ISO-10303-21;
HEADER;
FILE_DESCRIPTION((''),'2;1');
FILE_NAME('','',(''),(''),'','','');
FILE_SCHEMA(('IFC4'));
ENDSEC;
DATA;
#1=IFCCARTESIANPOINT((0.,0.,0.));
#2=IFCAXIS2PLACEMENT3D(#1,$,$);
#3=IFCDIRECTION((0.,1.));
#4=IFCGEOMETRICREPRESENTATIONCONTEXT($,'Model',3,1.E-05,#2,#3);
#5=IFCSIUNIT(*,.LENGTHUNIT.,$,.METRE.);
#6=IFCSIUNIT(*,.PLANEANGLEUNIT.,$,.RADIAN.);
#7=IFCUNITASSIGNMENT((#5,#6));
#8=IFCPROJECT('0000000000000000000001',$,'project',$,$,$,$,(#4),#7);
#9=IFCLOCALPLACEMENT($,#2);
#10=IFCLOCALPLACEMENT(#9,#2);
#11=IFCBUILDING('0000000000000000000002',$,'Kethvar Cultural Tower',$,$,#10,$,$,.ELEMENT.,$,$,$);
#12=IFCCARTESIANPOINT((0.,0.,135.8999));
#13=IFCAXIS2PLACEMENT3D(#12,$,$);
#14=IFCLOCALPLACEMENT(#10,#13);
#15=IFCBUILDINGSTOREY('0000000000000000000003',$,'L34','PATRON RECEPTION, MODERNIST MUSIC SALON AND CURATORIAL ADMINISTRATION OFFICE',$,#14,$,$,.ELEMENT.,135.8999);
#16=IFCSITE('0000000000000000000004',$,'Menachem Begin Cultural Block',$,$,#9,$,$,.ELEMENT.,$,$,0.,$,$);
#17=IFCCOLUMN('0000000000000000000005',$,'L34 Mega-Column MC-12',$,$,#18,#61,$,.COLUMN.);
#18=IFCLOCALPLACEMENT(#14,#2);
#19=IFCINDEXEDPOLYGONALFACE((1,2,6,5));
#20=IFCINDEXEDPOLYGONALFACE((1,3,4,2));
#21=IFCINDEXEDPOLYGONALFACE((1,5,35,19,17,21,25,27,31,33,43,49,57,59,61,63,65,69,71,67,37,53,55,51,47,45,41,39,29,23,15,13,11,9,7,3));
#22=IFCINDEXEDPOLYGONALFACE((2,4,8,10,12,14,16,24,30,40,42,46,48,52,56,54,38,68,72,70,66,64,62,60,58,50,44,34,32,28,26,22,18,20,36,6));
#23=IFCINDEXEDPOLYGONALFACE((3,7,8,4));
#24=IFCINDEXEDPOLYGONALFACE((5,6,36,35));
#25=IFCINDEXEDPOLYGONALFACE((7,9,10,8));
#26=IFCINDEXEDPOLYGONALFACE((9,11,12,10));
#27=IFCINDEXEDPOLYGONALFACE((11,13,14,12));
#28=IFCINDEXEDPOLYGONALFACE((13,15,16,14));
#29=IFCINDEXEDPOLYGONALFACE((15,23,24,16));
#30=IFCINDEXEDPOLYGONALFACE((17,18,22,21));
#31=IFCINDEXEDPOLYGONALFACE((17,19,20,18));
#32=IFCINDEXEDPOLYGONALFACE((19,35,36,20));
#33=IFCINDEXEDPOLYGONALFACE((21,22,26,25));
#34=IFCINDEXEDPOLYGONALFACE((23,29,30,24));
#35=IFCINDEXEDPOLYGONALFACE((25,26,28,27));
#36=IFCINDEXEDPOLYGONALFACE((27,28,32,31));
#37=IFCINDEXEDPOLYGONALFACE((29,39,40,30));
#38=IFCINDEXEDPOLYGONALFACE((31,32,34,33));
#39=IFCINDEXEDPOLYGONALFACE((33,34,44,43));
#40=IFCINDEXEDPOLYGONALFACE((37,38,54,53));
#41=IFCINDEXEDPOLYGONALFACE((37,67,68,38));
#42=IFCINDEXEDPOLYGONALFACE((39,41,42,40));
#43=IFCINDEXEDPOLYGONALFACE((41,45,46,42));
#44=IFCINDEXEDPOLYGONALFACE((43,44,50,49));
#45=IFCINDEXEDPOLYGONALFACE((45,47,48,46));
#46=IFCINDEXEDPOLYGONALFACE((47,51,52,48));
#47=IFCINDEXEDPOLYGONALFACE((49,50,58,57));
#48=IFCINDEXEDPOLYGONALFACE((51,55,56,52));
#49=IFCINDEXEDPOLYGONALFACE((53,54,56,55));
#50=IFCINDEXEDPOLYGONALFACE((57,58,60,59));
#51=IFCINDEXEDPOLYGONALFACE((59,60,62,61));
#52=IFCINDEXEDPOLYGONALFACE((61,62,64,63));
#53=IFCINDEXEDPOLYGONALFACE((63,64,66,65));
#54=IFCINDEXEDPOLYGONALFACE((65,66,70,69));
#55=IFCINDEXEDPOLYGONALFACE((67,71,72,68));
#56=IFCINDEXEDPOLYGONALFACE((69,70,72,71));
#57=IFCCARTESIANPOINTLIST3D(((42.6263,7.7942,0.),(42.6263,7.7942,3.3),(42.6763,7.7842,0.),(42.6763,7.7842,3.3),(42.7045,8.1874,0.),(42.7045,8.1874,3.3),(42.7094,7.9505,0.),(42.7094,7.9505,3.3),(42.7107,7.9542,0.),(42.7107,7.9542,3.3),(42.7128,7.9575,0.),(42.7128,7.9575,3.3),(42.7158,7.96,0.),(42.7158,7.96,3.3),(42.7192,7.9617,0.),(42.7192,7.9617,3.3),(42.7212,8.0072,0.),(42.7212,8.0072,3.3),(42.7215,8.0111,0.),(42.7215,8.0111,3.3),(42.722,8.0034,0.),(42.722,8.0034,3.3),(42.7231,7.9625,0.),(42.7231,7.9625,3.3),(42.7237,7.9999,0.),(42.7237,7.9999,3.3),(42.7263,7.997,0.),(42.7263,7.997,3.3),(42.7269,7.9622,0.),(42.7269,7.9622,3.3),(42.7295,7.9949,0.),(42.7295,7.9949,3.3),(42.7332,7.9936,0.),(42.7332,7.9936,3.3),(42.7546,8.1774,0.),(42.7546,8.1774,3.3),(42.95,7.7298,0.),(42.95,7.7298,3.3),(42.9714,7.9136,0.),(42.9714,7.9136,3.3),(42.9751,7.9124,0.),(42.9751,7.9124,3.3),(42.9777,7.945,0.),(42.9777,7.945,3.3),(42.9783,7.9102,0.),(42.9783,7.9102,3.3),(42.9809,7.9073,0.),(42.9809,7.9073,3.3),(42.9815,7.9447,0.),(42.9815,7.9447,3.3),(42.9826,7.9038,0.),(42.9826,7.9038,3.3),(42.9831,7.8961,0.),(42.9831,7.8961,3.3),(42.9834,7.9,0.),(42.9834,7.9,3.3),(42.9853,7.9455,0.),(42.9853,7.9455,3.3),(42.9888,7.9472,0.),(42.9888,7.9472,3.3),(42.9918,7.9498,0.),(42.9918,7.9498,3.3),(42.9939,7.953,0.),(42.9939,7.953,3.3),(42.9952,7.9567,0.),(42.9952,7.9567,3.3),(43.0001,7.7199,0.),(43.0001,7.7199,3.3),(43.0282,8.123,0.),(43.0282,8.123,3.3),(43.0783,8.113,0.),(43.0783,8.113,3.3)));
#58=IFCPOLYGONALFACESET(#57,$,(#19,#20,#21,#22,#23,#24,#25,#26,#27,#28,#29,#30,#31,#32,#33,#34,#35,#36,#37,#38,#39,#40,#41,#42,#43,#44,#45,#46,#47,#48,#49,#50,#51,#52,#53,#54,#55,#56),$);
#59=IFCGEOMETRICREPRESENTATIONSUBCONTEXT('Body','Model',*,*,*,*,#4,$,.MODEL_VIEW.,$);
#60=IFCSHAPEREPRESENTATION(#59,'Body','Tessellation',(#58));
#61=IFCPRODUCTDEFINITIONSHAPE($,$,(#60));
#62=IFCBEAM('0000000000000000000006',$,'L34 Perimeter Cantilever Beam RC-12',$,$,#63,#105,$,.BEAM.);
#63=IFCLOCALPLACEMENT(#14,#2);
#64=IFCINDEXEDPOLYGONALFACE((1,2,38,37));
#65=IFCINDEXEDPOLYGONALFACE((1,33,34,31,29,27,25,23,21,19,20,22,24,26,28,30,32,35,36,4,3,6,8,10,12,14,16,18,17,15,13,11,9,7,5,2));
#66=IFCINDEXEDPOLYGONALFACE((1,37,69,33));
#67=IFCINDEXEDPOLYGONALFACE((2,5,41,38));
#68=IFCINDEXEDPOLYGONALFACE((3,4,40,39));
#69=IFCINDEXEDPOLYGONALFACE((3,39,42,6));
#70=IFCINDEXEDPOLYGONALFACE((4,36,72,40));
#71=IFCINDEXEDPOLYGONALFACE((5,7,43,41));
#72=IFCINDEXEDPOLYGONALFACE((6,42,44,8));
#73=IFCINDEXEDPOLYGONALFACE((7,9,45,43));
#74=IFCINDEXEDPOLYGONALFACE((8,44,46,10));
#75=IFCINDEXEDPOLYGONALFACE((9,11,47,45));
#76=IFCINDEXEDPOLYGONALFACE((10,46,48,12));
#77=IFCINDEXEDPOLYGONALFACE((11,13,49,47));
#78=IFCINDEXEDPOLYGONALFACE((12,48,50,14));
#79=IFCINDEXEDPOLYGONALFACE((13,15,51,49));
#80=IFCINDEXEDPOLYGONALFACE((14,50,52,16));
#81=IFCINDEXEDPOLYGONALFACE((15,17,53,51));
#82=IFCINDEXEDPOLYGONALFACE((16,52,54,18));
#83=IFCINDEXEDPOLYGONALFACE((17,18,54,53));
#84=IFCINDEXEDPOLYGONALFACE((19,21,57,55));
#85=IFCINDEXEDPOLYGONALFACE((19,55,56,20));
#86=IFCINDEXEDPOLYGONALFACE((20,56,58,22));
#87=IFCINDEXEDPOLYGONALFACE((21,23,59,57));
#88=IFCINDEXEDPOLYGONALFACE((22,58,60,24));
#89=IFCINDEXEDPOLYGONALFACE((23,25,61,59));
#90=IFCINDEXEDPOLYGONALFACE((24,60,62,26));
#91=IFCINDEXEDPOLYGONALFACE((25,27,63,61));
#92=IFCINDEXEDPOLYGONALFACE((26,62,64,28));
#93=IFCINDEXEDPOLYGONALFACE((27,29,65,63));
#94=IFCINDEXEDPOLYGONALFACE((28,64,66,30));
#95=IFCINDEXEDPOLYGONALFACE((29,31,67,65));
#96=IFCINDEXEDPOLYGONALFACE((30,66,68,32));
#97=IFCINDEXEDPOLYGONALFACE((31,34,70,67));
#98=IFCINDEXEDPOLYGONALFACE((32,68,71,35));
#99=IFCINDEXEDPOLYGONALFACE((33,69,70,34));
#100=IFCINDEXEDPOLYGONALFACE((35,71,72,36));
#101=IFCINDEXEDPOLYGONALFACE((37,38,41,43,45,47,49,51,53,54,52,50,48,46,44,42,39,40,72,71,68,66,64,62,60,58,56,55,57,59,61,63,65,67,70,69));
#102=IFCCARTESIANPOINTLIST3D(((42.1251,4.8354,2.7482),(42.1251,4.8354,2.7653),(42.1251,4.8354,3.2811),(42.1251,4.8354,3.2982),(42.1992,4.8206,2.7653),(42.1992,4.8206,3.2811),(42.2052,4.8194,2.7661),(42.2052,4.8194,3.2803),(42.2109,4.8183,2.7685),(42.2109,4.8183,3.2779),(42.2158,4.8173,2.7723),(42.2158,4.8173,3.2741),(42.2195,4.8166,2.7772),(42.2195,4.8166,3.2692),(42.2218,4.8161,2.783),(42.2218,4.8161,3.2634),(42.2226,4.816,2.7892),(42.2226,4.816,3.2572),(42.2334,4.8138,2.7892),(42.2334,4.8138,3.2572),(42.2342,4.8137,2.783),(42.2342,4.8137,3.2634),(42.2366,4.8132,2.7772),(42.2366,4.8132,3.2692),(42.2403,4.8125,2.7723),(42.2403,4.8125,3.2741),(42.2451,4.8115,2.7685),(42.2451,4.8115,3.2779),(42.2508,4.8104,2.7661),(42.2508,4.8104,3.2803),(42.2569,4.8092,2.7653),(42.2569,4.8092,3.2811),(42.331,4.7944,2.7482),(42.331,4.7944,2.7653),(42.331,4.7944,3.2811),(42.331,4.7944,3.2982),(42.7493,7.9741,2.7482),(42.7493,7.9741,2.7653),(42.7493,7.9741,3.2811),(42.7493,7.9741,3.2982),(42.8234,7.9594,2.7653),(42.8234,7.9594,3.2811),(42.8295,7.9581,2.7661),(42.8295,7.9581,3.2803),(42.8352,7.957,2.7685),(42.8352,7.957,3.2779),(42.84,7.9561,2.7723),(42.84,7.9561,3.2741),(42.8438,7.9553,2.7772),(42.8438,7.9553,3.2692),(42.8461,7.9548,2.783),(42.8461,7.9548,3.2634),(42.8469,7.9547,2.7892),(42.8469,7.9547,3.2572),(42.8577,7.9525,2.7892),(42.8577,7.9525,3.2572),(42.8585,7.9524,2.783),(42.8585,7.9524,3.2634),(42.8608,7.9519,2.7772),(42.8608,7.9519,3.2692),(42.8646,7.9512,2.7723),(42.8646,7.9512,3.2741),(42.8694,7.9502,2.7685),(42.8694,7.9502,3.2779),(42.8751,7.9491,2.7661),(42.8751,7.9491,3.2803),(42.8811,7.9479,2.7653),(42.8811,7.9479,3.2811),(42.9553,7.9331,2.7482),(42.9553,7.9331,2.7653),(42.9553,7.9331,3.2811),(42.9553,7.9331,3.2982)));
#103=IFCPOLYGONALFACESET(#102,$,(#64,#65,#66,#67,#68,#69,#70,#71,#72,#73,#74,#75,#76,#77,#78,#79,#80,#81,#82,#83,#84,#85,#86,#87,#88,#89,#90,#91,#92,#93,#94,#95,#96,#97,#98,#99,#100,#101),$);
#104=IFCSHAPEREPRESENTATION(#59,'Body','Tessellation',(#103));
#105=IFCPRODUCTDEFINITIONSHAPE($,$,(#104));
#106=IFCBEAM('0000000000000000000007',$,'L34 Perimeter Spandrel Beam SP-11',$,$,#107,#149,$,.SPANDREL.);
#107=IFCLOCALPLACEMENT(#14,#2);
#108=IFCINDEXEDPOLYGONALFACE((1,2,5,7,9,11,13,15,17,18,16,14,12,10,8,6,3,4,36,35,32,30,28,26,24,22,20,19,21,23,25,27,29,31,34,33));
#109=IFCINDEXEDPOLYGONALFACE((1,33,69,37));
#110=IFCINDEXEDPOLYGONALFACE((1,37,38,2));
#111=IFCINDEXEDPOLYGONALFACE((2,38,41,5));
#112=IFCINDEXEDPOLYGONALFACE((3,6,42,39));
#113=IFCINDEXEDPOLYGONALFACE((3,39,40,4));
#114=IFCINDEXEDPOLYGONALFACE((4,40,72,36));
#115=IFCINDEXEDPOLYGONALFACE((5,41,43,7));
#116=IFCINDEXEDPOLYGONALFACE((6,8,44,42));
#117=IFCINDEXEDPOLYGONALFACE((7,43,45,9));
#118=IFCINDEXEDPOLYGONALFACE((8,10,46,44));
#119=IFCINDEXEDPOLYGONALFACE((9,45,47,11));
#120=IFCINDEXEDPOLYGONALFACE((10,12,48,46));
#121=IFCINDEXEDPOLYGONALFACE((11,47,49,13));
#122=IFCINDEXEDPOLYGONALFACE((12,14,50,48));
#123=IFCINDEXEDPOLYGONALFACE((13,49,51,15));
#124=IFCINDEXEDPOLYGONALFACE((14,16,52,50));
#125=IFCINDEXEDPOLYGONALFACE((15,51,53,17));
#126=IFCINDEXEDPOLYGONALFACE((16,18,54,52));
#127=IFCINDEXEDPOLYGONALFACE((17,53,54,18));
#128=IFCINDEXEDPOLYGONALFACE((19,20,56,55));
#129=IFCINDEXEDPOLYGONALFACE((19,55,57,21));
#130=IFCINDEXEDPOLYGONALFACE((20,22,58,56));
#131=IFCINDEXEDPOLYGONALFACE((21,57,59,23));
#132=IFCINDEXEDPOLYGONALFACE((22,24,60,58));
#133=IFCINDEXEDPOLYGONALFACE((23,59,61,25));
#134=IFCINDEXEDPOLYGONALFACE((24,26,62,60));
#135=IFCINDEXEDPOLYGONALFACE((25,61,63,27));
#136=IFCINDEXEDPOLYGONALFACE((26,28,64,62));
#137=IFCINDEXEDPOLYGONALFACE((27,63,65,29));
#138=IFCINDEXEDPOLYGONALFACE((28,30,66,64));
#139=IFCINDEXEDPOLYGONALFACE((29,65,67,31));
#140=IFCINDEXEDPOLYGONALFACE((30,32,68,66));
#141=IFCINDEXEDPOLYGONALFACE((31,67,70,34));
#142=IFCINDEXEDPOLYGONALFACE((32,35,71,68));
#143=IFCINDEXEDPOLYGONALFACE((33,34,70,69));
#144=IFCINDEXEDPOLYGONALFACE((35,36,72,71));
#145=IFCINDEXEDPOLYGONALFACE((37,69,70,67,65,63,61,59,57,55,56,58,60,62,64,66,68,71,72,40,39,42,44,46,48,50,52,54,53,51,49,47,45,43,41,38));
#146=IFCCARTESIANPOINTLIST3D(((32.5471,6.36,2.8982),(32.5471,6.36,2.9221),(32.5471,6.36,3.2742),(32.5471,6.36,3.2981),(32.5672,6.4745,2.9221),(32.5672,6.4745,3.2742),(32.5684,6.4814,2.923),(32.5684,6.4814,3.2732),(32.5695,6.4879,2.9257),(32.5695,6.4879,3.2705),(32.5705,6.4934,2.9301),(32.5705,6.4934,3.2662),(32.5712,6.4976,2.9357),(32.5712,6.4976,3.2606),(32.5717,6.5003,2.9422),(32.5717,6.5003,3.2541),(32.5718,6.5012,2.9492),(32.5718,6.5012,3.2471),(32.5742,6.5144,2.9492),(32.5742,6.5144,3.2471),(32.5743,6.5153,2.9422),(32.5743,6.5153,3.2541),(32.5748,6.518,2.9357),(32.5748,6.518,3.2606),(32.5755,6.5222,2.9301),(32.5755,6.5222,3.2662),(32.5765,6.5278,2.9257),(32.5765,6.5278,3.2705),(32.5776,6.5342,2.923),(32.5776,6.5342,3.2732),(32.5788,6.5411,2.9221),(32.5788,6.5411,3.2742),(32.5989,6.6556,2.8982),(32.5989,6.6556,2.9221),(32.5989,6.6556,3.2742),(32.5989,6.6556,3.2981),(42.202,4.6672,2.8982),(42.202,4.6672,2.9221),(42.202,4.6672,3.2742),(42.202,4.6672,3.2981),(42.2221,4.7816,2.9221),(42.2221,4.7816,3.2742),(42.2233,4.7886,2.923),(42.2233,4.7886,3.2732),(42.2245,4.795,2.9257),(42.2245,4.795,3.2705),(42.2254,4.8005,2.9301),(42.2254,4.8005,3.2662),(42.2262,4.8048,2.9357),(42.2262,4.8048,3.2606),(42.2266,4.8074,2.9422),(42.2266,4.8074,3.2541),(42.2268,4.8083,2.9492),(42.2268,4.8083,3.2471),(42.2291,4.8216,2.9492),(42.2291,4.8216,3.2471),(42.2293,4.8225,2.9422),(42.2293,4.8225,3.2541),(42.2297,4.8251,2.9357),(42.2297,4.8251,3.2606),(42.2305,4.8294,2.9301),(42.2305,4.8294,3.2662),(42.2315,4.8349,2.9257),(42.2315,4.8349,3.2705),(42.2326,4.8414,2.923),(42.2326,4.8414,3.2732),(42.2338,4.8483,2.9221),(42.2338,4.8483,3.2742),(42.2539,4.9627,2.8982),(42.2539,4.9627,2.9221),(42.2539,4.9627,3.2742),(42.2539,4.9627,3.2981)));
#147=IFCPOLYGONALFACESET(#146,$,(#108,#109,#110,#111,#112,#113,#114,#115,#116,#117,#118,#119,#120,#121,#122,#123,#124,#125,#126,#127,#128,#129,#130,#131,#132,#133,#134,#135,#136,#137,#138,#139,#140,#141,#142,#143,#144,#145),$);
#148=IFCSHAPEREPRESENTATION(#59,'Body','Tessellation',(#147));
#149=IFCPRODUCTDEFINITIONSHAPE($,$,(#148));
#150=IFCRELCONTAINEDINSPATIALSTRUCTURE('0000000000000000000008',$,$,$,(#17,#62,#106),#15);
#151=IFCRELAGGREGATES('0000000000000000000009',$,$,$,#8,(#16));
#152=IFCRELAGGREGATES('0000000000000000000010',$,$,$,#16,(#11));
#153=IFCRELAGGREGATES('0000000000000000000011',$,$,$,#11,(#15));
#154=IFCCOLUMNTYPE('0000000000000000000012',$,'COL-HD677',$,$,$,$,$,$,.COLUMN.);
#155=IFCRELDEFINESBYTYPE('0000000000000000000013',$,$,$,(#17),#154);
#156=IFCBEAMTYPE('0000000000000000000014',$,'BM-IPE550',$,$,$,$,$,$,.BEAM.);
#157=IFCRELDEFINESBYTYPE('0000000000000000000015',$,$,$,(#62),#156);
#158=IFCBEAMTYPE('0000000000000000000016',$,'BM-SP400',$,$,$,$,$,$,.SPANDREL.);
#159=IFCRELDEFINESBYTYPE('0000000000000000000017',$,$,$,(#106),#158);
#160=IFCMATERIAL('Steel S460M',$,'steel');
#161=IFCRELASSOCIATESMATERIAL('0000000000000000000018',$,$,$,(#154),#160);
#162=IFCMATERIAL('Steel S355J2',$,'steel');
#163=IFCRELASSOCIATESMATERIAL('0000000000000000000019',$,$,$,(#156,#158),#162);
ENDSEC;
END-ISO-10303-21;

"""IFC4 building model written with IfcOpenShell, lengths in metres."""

from ifc_helpers import new_model, si_unit, direction, frame, origin, origin_2d, place, context, subcontext, project, spatial, i_section, extrude, source, transform, mapped, material, material_profile, profile_set, type_object, element, save


model = new_model("IFC4")

# Units and contexts
model_context = context("Model", 3, precision=1e-05, world=origin(), true_north=direction((0.0, 1.0)))
body_context = subcontext(model_context, "Body", "Model", "MODEL_VIEW")
ifc_project = project(units=[si_unit("LENGTHUNIT", "METRE"), si_unit("PLANEANGLEUNIT", "RADIAN")], contexts=[model_context])

# Site, building, storey
site_placement = place(None, origin())
site = spatial("IfcSite", under=ifc_project, at=site_placement, Name="Menachem Begin Cultural Block", CompositionType="ELEMENT", RefElevation=0.0)
building_placement = place(site_placement, origin())
building = spatial("IfcBuilding", under=site, at=building_placement, Name="Kethvar Cultural Tower", CompositionType="ELEMENT")
storey_placement = place(building_placement, frame((0.0, 0.0, 135.8999)))
storey = spatial("IfcBuildingStorey", under=building, at=storey_placement, Name="L34", Description="PATRON RECEPTION, MODERNIST MUSIC SALON AND CURATORIAL ADMINISTRATION OFFICE", CompositionType="ELEMENT", Elevation=135.8999)

# Column
ifc_material_1 = material(Name="Steel S460M", Category="steel")
ifc_material_profile_1 = material_profile(ifc_material_1, i_section(OverallWidth=0.4009, OverallDepth=0.3811, WebThickness=0.032, FlangeThickness=0.051, FilletRadius=0.0149, at=origin_2d()), Name="Steel S460M — HD400x677")
ifc_profile_set_1 = profile_set([ifc_material_profile_1], Name="Steel S460M — HD400x677")
column_type = type_object("IfcColumnType", Name="COL-HD677", PredefinedType="COLUMN", material=ifc_profile_set_1)
shared_shape_1 = source(origin(), body_context, "Body", "SweptSolid", [
    extrude(i_section(OverallWidth=0.4009, OverallDepth=0.3811, WebThickness=0.032, FlangeThickness=0.051, FilletRadius=0.0149, at=origin_2d()), origin(), (0.0, 0.0, 1.0), 3.3),
])
column_placement = place(storey_placement, frame((42.8523, 7.9536, 0.0), z_axis=(0.0, 0.0, 1.0), x_axis=(-0.19509, -0.980785, 0.0)))
element("IfcColumn", 1, at=column_placement, inside=storey, type_object=column_type, Name="L34 Mega-Column MC-12", PredefinedType="COLUMN", context=body_context, shape_type="MappedRepresentation", body=[
    mapped(shared_shape_1, transform((0.0, 0.0, 0.0), scale=1.0)),
])

# Beams
ifc_material_2 = material(Name="Steel S355J2", Category="steel")
ifc_material_profile_2 = material_profile(ifc_material_2, i_section(OverallWidth=0.21, OverallDepth=0.55, WebThickness=0.011, FlangeThickness=0.0171, FilletRadius=0.0239, at=origin_2d()), Name="Steel S355J2 — IPE550")
ifc_profile_set_2 = profile_set([ifc_material_profile_2], Name="Steel S355J2 — IPE550")
beam_type_1 = type_object("IfcBeamType", Name="BM-IPE550", PredefinedType="BEAM", material=ifc_profile_set_2)
shared_shape_2 = source(origin(), body_context, "Body", "SweptSolid", [
    extrude(i_section(OverallWidth=0.21, OverallDepth=0.55, WebThickness=0.011, FlangeThickness=0.0171, FilletRadius=0.0239, at=origin_2d()), origin(), (0.0, 0.0, 1.0), 3.2002),
])
beam_1_placement = place(storey_placement, frame((42.8523, 7.9536, 3.0232), z_axis=(-0.195074, -0.980788, 0.0), x_axis=(0.980788, -0.195074, 0.0)))
element("IfcBeam", 2, at=beam_1_placement, inside=storey, type_object=beam_type_1, Name="L34 Perimeter Cantilever Beam RC-12", PredefinedType="BEAM", context=body_context, shape_type="MappedRepresentation", body=[
    mapped(shared_shape_2, transform((0.0, 0.0, 0.0), scale=1.0)),
])
ifc_material_profile_3 = material_profile(ifc_material_2, i_section(OverallWidth=0.3, OverallDepth=0.3999, WebThickness=0.0134, FlangeThickness=0.0239, FilletRadius=0.0271, at=origin_2d()), Name="Steel S355J2 — HEB400")
ifc_profile_set_3 = profile_set([ifc_material_profile_3], Name="Steel S355J2 — HEB400")
beam_type_2 = type_object("IfcBeamType", Name="BM-SP400", PredefinedType="SPANDREL", material=ifc_profile_set_3)
shared_shape_3 = source(origin(), body_context, "Body", "SweptSolid", [
    extrude(i_section(OverallWidth=0.3, OverallDepth=0.3999, WebThickness=0.0134, FlangeThickness=0.0239, FilletRadius=0.0271, at=origin_2d()), origin(), (0.0, 0.0, 1.0), 9.8022),
])
beam_2_placement = place(storey_placement, frame((32.573, 6.5078, 3.0981), z_axis=(0.984974, -0.172701, 0.0), x_axis=(0.172701, 0.984974, 0.0)))
element("IfcBeam", 3, at=beam_2_placement, inside=storey, type_object=beam_type_2, Name="L34 Perimeter Spandrel Beam SP-11", PredefinedType="SPANDREL", context=body_context, shape_type="MappedRepresentation", body=[
    mapped(shared_shape_3, transform((0.0, 0.0, 0.0), scale=1.0)),
])

save(model, "model.ifc")
